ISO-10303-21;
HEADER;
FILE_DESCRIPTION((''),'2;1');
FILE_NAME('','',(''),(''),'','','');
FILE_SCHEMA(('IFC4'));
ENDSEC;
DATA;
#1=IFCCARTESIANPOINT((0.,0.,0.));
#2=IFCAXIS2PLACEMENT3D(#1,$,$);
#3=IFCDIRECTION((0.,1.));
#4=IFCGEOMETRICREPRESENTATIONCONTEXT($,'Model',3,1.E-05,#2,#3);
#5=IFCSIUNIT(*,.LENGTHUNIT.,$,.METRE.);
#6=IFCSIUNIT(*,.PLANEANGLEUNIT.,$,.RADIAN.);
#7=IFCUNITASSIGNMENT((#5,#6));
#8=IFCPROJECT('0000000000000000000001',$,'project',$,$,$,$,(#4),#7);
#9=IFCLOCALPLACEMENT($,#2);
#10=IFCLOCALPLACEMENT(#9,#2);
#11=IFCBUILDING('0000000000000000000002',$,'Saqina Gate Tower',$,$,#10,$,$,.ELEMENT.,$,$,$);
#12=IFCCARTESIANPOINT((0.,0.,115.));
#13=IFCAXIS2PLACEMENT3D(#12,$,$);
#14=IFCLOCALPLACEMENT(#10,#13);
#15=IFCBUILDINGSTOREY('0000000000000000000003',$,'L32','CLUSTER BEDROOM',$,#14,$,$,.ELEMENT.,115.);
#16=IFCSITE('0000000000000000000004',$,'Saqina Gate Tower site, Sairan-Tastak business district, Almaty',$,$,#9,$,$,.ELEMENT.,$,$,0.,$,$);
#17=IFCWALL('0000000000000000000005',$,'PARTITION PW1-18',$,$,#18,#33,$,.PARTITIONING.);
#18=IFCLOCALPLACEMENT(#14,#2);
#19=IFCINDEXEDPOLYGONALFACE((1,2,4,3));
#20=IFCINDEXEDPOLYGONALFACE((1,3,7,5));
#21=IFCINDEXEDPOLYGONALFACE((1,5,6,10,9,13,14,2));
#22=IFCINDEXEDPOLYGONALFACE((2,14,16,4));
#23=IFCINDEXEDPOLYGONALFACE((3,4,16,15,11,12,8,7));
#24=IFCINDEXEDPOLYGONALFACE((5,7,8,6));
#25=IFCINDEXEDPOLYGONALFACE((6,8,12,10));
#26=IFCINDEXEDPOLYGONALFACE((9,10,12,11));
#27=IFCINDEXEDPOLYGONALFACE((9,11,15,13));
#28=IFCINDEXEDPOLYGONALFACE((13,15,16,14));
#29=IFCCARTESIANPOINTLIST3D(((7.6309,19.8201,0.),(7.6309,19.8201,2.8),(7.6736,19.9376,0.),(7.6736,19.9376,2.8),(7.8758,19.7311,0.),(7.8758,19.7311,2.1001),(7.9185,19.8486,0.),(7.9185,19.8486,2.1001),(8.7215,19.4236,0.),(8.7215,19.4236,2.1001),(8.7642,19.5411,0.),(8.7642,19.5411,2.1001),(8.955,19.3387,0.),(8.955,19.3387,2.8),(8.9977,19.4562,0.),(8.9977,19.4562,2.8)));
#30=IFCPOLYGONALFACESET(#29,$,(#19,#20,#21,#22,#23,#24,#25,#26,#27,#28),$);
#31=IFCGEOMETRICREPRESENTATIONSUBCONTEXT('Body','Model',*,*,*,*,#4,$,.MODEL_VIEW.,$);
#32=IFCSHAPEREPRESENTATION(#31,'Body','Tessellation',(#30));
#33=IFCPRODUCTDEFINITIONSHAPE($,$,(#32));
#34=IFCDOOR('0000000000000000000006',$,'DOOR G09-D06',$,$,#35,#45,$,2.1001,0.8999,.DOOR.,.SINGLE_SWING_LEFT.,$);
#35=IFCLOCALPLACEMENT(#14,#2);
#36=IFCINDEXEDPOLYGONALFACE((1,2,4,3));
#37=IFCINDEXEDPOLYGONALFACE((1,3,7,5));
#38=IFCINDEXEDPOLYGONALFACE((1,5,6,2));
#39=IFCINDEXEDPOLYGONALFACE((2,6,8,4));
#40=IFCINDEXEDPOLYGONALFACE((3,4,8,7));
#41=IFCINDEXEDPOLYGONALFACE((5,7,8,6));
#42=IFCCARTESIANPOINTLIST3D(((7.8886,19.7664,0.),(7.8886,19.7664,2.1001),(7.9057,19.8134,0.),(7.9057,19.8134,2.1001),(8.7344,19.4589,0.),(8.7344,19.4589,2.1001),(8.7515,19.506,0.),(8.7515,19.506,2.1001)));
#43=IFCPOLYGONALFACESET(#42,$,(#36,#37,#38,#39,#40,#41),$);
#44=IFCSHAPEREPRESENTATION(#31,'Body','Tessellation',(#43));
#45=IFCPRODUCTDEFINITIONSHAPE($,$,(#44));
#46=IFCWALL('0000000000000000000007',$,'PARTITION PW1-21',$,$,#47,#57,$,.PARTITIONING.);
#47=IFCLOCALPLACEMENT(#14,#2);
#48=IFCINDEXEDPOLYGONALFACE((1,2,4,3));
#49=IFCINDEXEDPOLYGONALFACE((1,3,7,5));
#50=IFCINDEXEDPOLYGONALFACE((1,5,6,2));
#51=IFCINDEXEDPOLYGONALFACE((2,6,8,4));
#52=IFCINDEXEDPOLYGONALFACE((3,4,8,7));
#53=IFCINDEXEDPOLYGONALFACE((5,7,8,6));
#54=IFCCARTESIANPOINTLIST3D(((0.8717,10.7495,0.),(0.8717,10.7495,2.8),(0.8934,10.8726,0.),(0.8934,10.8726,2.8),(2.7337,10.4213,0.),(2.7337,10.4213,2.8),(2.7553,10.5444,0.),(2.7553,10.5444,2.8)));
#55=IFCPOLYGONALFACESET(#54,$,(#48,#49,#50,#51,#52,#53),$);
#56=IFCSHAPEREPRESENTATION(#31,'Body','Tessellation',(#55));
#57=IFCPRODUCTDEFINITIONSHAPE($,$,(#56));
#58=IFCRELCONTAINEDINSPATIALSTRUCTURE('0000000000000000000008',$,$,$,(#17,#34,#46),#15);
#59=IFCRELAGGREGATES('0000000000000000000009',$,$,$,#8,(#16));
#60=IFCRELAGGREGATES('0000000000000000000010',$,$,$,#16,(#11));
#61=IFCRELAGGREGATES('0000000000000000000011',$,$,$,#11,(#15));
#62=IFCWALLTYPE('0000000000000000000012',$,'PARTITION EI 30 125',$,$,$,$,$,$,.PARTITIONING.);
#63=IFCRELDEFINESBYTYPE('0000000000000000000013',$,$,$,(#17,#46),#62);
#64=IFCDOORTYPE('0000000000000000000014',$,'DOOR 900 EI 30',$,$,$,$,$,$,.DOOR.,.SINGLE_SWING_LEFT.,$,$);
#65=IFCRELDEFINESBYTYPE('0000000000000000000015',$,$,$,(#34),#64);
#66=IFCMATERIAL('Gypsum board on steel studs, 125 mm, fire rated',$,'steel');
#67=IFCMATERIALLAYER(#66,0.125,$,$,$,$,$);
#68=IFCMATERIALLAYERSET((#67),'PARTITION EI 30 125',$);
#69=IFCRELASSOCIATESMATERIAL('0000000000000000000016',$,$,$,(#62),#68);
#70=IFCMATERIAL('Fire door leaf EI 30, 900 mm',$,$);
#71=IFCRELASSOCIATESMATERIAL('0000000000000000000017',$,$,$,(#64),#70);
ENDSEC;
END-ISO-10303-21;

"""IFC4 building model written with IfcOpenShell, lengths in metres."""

from ifc_helpers import new_model, si_unit, direction, frame, frame_2d, origin, place, context, subcontext, project, spatial, rectangle, extrude, material, layer, layer_set, type_object, element, fill, save


model = new_model("IFC4")

# Units and contexts
model_context = context("Model", 3, precision=1e-05, world=origin(), true_north=direction((0.0, 1.0)))
body_context = subcontext(model_context, "Body", "Model", "MODEL_VIEW")
ifc_project = project(units=[si_unit("LENGTHUNIT", "METRE"), si_unit("PLANEANGLEUNIT", "RADIAN")], contexts=[model_context])

# Site, building, storey
site_placement = place(None, origin())
site = spatial("IfcSite", under=ifc_project, at=site_placement, Name="Saqina Gate Tower site, Sairan-Tastak business district, Almaty", CompositionType="ELEMENT", RefElevation=0.0)
building_placement = place(site_placement, origin())
building = spatial("IfcBuilding", under=site, at=building_placement, Name="Saqina Gate Tower", CompositionType="ELEMENT")
storey_placement = place(building_placement, frame((0.0, 0.0, 115.0)))
storey = spatial("IfcBuildingStorey", under=building, at=storey_placement, Name="L32", Description="CLUSTER BEDROOM", CompositionType="ELEMENT", Elevation=115.0)

# Shared definitions
ifc_material_1 = material(Name="Gypsum board on steel studs, 125 mm, fire rated", Category="steel")
ifc_layer_1 = layer(ifc_material_1, 0.125)
ifc_layer_set_1 = layer_set([ifc_layer_1], Name="PARTITION EI 30 125")
wall_type_1 = type_object("IfcWallType", Name="PARTITION EI 30 125", PredefinedType="PARTITIONING", material=ifc_layer_set_1)

# Wall, opening, door
wall_1_placement = place(storey_placement, frame((7.6521, 19.8789, 0.0), z_axis=(0.0, 0.0, 1.0), x_axis=(0.939814, -0.341687, 0.0)))
wall_1 = element("IfcWall", 1, at=wall_1_placement, inside=storey, type_object=wall_type_1, Name="PARTITION PW1-18", PredefinedType="PARTITIONING", context=body_context, shape_type="SweptSolid", body=[
    extrude(rectangle(XDim=1.4089, YDim=0.125, at=frame_2d((0.7046, 0.0))), origin(), (0.0, 0.0, 1.0), 2.8),
])
opening_1_placement = place(wall_1_placement, frame((0.2607, 0.0, 0.0)))
opening_1 = element("IfcOpeningElement", 2, at=opening_1_placement, cuts=wall_1, PredefinedType="OPENING", context=body_context, shape_type="SweptSolid", body=[
    extrude(rectangle(XDim=0.8999, YDim=2.1001, at=frame_2d((0.45, 1.05))), frame((0.0, 0.0745, 0.0), z_axis=(0.0, -1.0, 0.0), x_axis=(1.0, 0.0, 0.0)), (0.0, 0.0, 1.0), 0.1489),
])
ifc_material_2 = material(Name="Fire door leaf EI 30, 900 mm")
door_type_1 = type_object("IfcDoorType", Name="DOOR 900 EI 30", OperationType="SINGLE_SWING_LEFT", PredefinedType="DOOR", material=ifc_material_2)
door_1_placement = place(opening_1_placement, frame((0.8999, 0.0, 0.0), z_axis=(0.0, 0.0, 1.0), x_axis=(-1.0, 0.0, 0.0)))
door_1 = element("IfcDoor", 3, at=door_1_placement, inside=storey, type_object=door_type_1, Name="DOOR G09-D06", OperationType="SINGLE_SWING_LEFT", OverallHeight=2.1001, OverallWidth=0.8999, PredefinedType="DOOR", context=body_context, shape_type="SweptSolid", body=[
    extrude(rectangle(XDim=0.8999, YDim=2.1001, at=frame_2d((0.45, 1.05))), frame((0.0, 0.0249, 0.0), z_axis=(0.0, -1.0, 0.0), x_axis=(1.0, 0.0, 0.0)), (0.0, 0.0, 1.0), 0.05),
])
fill(opening_1, door_1)

# Wall
wall_2_placement = place(storey_placement, frame((0.8826, 10.811, 0.0), z_axis=(0.0, 0.0, 1.0), x_axis=(0.984823, -0.173564, 0.0)))
element("IfcWall", 4, at=wall_2_placement, inside=storey, type_object=wall_type_1, Name="PARTITION PW1-21", PredefinedType="PARTITIONING", context=body_context, shape_type="SweptSolid", body=[
    extrude(rectangle(XDim=1.8906, YDim=0.125, at=frame_2d((0.9453, 0.0))), origin(), (0.0, 0.0, 1.0), 2.8),
])

save(model, "model.ifc")
